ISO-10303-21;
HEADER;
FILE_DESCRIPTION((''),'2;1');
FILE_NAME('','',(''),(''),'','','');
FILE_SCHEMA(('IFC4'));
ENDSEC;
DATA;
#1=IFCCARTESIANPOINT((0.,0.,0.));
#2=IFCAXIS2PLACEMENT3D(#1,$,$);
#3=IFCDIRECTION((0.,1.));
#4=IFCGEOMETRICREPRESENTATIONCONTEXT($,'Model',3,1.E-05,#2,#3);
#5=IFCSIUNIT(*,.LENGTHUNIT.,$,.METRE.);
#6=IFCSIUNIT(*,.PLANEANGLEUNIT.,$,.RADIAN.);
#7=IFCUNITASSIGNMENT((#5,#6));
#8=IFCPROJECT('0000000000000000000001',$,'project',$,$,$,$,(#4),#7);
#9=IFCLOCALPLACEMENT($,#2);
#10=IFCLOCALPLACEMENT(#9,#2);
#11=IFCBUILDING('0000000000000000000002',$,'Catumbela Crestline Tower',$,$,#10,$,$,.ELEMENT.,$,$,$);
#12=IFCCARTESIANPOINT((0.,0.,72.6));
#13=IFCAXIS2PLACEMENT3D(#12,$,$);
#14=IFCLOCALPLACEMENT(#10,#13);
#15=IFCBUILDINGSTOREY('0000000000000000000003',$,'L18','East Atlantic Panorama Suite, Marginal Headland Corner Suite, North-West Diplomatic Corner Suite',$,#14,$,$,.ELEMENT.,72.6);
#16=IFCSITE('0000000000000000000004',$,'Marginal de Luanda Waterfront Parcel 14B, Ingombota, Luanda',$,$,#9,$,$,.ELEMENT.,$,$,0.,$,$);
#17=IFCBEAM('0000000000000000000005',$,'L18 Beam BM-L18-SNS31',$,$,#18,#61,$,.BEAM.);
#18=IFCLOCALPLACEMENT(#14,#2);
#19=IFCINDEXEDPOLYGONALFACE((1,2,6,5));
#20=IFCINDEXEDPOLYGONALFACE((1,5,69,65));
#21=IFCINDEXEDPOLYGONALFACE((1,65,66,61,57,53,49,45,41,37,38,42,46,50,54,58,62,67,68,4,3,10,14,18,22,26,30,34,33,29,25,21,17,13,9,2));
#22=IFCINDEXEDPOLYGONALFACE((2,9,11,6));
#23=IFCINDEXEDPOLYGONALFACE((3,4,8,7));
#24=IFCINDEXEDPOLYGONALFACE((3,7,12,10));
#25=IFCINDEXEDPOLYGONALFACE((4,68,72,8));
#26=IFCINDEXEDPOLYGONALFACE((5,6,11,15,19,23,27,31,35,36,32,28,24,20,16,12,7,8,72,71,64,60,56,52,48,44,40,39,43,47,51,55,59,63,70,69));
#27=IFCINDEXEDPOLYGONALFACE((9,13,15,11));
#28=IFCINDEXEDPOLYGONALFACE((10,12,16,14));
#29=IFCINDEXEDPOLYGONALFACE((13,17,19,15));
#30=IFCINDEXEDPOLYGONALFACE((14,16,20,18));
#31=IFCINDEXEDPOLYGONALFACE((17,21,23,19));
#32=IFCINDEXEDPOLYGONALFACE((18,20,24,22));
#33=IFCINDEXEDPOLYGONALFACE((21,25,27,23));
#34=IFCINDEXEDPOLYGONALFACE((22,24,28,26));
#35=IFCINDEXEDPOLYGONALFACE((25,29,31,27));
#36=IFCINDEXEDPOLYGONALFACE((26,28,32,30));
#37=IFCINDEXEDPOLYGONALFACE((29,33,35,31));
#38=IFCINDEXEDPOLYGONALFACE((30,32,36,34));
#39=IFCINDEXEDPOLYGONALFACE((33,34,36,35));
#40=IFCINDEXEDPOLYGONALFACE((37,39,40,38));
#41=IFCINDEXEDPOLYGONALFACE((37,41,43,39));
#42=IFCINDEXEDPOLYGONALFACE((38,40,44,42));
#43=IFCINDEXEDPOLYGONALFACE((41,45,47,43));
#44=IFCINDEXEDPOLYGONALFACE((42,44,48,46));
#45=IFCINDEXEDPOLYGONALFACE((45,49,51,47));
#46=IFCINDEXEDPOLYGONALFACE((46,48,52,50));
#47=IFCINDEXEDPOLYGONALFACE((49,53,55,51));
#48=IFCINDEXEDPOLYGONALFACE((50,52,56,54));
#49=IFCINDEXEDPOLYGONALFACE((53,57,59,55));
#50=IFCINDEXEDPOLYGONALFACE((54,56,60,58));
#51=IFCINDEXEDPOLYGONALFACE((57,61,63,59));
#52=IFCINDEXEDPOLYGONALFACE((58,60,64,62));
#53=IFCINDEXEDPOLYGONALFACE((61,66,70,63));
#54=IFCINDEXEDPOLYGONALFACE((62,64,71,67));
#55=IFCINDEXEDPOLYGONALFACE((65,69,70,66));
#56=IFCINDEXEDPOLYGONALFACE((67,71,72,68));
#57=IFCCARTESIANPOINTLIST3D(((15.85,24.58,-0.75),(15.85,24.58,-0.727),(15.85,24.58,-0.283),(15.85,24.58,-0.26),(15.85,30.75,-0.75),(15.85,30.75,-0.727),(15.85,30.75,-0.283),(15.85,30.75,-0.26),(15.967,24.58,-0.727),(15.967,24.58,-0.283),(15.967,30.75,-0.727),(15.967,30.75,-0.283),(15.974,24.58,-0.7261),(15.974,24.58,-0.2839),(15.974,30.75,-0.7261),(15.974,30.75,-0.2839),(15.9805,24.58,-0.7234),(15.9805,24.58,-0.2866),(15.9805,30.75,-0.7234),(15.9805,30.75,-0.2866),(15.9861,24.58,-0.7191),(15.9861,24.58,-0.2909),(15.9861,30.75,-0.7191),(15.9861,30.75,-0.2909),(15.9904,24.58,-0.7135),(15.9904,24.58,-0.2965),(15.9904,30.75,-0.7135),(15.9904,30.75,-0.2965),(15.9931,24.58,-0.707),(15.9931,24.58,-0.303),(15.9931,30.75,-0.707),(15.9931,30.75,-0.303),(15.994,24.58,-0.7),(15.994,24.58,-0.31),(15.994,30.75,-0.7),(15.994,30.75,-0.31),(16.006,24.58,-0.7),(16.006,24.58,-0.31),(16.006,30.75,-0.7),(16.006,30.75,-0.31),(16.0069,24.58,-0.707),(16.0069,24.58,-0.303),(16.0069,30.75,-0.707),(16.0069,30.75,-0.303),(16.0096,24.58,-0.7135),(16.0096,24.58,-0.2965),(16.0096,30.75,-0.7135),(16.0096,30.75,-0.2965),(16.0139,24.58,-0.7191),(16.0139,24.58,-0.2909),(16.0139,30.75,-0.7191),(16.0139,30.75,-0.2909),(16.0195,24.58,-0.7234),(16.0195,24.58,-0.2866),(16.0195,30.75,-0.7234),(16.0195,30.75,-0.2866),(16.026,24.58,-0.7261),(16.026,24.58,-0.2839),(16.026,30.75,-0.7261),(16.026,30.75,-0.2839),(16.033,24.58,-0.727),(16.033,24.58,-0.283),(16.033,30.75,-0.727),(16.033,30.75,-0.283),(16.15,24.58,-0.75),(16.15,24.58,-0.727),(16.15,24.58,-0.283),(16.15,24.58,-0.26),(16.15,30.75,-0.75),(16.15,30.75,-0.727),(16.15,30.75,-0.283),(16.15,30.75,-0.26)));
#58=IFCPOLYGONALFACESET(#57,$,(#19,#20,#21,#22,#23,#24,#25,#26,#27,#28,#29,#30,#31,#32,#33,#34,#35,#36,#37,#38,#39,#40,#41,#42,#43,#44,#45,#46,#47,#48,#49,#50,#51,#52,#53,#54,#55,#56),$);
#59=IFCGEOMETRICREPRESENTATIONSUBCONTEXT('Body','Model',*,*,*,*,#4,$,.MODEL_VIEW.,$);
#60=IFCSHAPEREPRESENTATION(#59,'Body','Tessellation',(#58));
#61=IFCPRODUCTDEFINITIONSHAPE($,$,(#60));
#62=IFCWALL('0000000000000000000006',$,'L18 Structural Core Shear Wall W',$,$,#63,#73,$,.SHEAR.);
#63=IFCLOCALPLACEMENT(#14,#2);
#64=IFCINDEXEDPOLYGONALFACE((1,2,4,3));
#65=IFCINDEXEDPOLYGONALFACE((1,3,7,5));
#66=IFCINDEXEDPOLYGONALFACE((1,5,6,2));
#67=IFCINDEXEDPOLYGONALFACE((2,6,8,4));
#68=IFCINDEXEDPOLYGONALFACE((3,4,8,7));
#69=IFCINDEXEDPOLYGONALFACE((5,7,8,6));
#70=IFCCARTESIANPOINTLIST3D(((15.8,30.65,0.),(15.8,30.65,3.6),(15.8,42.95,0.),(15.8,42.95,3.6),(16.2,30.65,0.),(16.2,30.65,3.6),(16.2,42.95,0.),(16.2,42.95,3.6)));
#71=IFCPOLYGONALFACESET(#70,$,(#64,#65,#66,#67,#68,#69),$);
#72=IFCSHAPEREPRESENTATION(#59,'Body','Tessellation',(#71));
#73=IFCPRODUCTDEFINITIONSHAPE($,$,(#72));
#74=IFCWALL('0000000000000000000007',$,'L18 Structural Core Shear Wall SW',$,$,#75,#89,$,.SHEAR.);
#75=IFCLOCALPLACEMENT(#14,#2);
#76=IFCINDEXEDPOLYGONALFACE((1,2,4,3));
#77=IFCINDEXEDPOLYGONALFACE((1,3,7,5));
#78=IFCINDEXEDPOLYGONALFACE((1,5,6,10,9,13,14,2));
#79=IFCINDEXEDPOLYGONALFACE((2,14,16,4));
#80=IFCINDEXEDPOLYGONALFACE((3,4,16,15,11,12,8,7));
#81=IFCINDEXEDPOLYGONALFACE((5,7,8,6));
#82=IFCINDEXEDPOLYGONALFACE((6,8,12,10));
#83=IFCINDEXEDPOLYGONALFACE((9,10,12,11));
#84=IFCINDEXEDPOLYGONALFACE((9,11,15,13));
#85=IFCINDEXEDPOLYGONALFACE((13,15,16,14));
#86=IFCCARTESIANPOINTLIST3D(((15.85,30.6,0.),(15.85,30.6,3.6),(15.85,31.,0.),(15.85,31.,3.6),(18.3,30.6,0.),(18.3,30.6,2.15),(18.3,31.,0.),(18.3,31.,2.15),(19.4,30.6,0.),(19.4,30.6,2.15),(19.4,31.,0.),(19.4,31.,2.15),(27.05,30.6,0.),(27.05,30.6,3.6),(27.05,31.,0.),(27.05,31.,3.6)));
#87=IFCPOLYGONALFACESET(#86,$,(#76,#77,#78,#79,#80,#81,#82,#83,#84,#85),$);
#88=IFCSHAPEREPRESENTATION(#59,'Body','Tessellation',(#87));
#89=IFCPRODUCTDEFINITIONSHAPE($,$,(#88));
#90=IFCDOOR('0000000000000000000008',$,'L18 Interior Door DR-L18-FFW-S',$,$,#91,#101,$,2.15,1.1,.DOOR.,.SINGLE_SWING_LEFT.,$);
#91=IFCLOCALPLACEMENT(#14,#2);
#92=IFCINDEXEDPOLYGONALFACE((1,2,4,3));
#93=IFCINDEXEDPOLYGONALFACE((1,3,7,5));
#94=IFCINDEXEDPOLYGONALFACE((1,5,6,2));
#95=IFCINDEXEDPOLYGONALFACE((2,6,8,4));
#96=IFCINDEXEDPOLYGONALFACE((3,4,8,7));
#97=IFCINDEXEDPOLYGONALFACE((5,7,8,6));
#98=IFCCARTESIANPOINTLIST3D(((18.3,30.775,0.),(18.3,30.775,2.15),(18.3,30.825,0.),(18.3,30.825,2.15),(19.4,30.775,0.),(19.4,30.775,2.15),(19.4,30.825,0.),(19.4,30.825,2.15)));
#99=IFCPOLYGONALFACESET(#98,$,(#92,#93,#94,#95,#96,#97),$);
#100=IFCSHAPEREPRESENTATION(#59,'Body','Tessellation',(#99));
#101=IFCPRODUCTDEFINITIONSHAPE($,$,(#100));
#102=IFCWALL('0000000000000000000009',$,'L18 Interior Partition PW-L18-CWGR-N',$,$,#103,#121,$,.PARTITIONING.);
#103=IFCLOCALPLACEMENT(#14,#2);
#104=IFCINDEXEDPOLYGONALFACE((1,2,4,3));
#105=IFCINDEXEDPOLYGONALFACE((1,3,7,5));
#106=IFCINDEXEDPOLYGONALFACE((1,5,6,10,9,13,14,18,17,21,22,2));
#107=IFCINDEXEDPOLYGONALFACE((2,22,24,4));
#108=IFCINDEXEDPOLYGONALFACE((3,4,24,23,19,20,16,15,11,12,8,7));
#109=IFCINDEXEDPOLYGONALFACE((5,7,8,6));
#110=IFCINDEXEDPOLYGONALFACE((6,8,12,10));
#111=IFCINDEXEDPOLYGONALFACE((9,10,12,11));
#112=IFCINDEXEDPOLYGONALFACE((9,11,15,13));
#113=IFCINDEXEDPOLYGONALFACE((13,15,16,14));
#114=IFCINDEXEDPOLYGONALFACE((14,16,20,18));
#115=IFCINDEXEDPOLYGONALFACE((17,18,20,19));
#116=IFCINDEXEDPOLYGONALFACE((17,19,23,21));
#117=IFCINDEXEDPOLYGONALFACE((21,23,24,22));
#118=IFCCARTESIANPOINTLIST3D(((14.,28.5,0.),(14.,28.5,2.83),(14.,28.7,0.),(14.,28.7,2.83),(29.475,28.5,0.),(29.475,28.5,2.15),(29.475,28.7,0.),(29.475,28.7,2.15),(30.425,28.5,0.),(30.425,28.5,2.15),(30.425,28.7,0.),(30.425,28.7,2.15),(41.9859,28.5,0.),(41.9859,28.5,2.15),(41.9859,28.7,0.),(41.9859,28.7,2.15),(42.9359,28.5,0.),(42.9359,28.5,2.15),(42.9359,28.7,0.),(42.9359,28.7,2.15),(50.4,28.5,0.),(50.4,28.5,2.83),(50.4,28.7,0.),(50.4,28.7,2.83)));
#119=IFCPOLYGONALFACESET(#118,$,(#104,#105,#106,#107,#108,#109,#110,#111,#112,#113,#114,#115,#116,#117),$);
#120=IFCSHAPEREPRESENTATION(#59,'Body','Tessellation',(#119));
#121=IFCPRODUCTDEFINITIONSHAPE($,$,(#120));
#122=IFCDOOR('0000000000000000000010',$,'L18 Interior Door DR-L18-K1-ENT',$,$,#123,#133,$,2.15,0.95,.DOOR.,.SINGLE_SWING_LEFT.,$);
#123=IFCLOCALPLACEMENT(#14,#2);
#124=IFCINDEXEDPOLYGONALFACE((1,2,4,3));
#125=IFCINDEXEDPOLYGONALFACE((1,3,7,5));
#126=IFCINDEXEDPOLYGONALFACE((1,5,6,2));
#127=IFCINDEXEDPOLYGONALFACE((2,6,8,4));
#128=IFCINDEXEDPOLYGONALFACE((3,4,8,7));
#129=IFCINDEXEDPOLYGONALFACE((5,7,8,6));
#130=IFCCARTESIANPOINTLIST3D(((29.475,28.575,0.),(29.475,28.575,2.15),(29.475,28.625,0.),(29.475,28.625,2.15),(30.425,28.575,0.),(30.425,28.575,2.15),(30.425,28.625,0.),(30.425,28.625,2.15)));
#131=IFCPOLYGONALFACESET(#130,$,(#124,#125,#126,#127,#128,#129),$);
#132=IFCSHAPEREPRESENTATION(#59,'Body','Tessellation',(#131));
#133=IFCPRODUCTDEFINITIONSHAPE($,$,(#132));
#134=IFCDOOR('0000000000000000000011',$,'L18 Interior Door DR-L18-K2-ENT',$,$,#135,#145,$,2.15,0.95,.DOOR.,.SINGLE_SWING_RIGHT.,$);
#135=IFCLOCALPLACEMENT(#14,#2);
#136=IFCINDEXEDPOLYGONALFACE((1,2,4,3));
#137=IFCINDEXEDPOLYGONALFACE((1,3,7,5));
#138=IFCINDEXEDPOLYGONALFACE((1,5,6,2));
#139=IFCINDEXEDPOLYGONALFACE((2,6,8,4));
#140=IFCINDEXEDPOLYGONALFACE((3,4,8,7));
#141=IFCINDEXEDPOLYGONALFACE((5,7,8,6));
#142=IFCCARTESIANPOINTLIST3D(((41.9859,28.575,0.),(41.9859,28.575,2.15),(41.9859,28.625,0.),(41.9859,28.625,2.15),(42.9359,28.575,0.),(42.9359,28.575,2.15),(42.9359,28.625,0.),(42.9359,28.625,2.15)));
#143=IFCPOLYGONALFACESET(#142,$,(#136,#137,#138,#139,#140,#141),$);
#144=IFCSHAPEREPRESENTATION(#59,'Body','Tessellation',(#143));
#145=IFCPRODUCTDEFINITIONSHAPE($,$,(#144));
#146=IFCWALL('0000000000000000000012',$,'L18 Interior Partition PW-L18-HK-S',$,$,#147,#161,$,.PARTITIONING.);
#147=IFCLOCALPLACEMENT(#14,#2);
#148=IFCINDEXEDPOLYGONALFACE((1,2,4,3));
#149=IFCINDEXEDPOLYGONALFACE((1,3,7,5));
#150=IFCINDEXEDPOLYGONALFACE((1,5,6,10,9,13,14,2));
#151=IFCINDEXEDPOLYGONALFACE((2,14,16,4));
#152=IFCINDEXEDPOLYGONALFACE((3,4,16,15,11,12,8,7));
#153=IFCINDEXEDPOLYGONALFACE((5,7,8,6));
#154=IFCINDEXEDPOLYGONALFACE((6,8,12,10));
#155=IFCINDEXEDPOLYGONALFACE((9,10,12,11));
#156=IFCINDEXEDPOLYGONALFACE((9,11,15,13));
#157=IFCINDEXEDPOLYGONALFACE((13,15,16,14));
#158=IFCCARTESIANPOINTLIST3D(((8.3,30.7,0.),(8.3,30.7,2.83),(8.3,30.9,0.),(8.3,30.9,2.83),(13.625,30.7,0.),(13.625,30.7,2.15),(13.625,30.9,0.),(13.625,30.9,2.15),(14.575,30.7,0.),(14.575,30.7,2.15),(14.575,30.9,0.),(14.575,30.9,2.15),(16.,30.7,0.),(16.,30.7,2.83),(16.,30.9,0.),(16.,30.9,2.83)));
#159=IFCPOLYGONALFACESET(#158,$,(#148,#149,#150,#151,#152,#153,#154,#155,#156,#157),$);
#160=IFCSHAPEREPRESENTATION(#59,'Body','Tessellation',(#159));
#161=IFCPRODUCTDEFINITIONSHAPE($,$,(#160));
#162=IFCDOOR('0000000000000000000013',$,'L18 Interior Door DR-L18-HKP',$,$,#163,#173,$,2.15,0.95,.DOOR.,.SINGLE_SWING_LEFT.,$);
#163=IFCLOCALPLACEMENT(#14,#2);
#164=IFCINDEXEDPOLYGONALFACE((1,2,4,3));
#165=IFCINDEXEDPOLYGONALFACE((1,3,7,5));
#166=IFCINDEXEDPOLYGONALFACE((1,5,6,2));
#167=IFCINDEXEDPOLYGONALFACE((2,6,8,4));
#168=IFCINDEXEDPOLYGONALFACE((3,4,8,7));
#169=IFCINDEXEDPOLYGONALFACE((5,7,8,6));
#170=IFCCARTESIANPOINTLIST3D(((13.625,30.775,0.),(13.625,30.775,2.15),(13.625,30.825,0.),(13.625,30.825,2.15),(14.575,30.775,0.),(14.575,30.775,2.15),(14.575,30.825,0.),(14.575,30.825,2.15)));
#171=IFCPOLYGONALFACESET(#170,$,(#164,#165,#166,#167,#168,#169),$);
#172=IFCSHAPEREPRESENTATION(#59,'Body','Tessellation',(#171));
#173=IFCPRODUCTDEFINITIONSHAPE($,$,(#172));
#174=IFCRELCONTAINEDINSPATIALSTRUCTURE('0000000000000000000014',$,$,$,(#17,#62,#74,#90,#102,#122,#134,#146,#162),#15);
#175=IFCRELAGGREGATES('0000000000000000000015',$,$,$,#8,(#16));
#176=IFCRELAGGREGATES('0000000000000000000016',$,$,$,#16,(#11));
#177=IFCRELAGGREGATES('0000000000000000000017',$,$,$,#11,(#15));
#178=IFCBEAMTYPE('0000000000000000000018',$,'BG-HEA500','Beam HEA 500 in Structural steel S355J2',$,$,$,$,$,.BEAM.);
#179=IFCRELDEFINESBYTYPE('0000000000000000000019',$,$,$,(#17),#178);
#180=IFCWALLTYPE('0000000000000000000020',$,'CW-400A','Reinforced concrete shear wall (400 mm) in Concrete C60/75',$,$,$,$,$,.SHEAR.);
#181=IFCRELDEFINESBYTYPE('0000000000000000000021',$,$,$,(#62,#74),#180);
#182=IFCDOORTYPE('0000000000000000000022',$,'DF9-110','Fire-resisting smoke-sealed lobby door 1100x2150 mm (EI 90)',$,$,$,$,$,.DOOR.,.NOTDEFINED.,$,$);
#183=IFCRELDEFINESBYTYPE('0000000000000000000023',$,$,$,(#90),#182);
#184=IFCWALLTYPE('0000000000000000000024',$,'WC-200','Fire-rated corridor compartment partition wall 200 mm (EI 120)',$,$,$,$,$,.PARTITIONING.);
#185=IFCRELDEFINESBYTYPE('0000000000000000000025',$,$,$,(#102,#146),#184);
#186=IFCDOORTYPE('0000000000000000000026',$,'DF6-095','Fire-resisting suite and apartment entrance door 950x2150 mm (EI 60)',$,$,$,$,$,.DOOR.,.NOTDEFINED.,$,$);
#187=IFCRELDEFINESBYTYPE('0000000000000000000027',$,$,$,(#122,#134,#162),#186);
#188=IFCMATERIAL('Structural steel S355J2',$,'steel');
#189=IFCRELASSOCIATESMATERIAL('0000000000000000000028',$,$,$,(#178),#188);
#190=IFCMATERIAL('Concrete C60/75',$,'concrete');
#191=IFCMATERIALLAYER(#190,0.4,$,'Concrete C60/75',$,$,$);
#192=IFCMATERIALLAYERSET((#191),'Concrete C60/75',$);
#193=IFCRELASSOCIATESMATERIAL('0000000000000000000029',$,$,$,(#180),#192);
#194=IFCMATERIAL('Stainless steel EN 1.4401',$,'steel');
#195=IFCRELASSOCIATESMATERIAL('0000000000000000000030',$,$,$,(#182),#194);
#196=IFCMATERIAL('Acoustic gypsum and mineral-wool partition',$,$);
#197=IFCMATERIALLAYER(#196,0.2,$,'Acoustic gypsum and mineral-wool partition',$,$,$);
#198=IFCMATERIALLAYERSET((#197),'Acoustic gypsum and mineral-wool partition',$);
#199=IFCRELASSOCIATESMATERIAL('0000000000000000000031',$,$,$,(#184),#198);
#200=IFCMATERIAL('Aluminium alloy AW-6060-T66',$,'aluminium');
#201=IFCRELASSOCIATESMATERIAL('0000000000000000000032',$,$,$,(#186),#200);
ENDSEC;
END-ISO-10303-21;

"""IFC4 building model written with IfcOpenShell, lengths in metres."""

from ifc_helpers import new_model, si_unit, direction, frame, frame_2d, origin, origin_2d, place, context, subcontext, project, spatial, rectangle, i_section, extrude, material, layer, layer_set, material_profile, profile_set, type_object, element, fill, save


model = new_model("IFC4")

# Units and contexts
model_context = context("Model", 3, precision=1e-05, world=origin(), true_north=direction((0.0, 1.0)))
body_context = subcontext(model_context, "Body", "Model", "MODEL_VIEW")
ifc_project = project(units=[si_unit("LENGTHUNIT", "METRE"), si_unit("PLANEANGLEUNIT", "RADIAN")], contexts=[model_context])

# Site, building, storey
site_placement = place(None, origin())
site = spatial("IfcSite", under=ifc_project, at=site_placement, Name="Marginal de Luanda Waterfront Parcel 14B, Ingombota, Luanda", CompositionType="ELEMENT", RefElevation=0.0)
building_placement = place(site_placement, origin())
building = spatial("IfcBuilding", under=site, at=building_placement, Name="Catumbela Crestline Tower", CompositionType="ELEMENT")
storey_placement = place(building_placement, frame((0.0, 0.0, 72.6)))
storey = spatial("IfcBuildingStorey", under=building, at=storey_placement, Name="L18", Description="East Atlantic Panorama Suite, Marginal Headland Corner Suite, North-West Diplomatic Corner Suite", CompositionType="ELEMENT", Elevation=72.6)

# Beam
ifc_material_1 = material(Name="Structural steel S355J2", Category="steel")
ifc_material_profile_1 = material_profile(ifc_material_1, i_section(OverallWidth=0.3, OverallDepth=0.49, WebThickness=0.012, FlangeThickness=0.023, FilletRadius=0.027, at=origin_2d()), Name="HEA 500")
ifc_profile_set_1 = profile_set([ifc_material_profile_1], Name="Structural steel S355J2")
beam_type = type_object("IfcBeamType", Name="BG-HEA500", Description="Beam HEA 500 in Structural steel S355J2", PredefinedType="BEAM", material=ifc_profile_set_1)
beam_1_placement = place(storey_placement, frame((16.0, 24.58, -0.505), z_axis=(0.0, 1.0, 0.0), x_axis=(-1.0, 0.0, 0.0)))
element("IfcBeam", 1, at=beam_1_placement, inside=storey, type_object=beam_type, Name="L18 Beam BM-L18-SNS31", PredefinedType="BEAM", context=body_context, shape_type="SweptSolid", body=[
    extrude(i_section(OverallWidth=0.3, OverallDepth=0.49, WebThickness=0.012, FlangeThickness=0.023, FilletRadius=0.027, at=origin_2d()), origin(), (0.0, 0.0, 1.0), 6.17),
])

# Wall
ifc_material_2 = material(Name="Concrete C60/75", Category="concrete")
ifc_layer_1 = layer(ifc_material_2, 0.4, Name="Concrete C60/75")
ifc_layer_set_1 = layer_set([ifc_layer_1], Name="Concrete C60/75")
wall_type_1 = type_object("IfcWallType", Name="CW-400A", Description="Reinforced concrete shear wall (400 mm) in Concrete C60/75", PredefinedType="SHEAR", material=ifc_layer_set_1)
wall_1_placement = place(storey_placement, frame((16.0, 30.65, 0.0), z_axis=(0.0, 0.0, 1.0), x_axis=(0.0, 1.0, 0.0)))
element("IfcWall", 2, at=wall_1_placement, inside=storey, type_object=wall_type_1, Name="L18 Structural Core Shear Wall W", PredefinedType="SHEAR", context=body_context, shape_type="SweptSolid", body=[
    extrude(rectangle(XDim=12.3, YDim=0.4, at=frame_2d((6.15, 0.0))), origin(), (0.0, 0.0, 1.0), 3.6),
])

# Wall, opening, door
wall_2_placement = place(storey_placement, frame((15.85, 30.8, 0.0), z_axis=(0.0, 0.0, 1.0), x_axis=(1.0, 0.0, 0.0)))
wall_2 = element("IfcWall", 3, at=wall_2_placement, inside=storey, type_object=wall_type_1, Name="L18 Structural Core Shear Wall SW", PredefinedType="SHEAR", context=body_context, shape_type="SweptSolid", body=[
    extrude(rectangle(XDim=11.2, YDim=0.4, at=frame_2d((5.6, 0.0))), origin(), (0.0, 0.0, 1.0), 3.6),
])
opening_1_placement = place(wall_2_placement, frame((2.45, 0.0, 0.0)))
opening_1 = element("IfcOpeningElement", 4, at=opening_1_placement, cuts=wall_2, PredefinedType="OPENING", context=body_context, shape_type="SweptSolid", body=[
    extrude(rectangle(XDim=1.1, YDim=2.15, at=frame_2d((0.55, 1.075))), frame((0.0, 0.21, 0.0), z_axis=(0.0, -1.0, 0.0), x_axis=(1.0, 0.0, 0.0)), (0.0, 0.0, 1.0), 0.42),
])
ifc_material_3 = material(Name="Stainless steel EN 1.4401", Category="steel")
door_type_1 = type_object("IfcDoorType", Name="DF9-110", Description="Fire-resisting smoke-sealed lobby door 1100x2150 mm (EI 90)", OperationType="NOTDEFINED", PredefinedType="DOOR", material=ifc_material_3)
door_1_placement = place(opening_1_placement, origin())
door_1 = element("IfcDoor", 5, at=door_1_placement, inside=storey, type_object=door_type_1, Name="L18 Interior Door DR-L18-FFW-S", OperationType="SINGLE_SWING_LEFT", OverallHeight=2.15, OverallWidth=1.1, PredefinedType="DOOR", context=body_context, shape_type="SweptSolid", body=[
    extrude(rectangle(XDim=1.1, YDim=2.15, at=frame_2d((0.55, 1.075))), frame((0.0, 0.025, 0.0), z_axis=(0.0, -1.0, 0.0), x_axis=(1.0, 0.0, 0.0)), (0.0, 0.0, 1.0), 0.05),
])
fill(opening_1, door_1)

# Wall, openings, doors
ifc_material_4 = material(Name="Acoustic gypsum and mineral-wool partition")
ifc_layer_2 = layer(ifc_material_4, 0.2, Name="Acoustic gypsum and mineral-wool partition")
ifc_layer_set_2 = layer_set([ifc_layer_2], Name="Acoustic gypsum and mineral-wool partition")
wall_type_2 = type_object("IfcWallType", Name="WC-200", Description="Fire-rated corridor compartment partition wall 200 mm (EI 120)", PredefinedType="PARTITIONING", material=ifc_layer_set_2)
wall_3_placement = place(storey_placement, frame((14.0, 28.6, 0.0), z_axis=(0.0, 0.0, 1.0), x_axis=(1.0, 0.0, 0.0)))
wall_3 = element("IfcWall", 6, at=wall_3_placement, inside=storey, type_object=wall_type_2, Name="L18 Interior Partition PW-L18-CWGR-N", PredefinedType="PARTITIONING", context=body_context, shape_type="SweptSolid", body=[
    extrude(rectangle(XDim=36.4, YDim=0.2, at=frame_2d((18.2, 0.0))), origin(), (0.0, 0.0, 1.0), 2.83),
])
opening_2_placement = place(wall_3_placement, frame((15.475, 0.0, 0.0)))
opening_2 = element("IfcOpeningElement", 7, at=opening_2_placement, cuts=wall_3, PredefinedType="OPENING", context=body_context, shape_type="SweptSolid", body=[
    extrude(rectangle(XDim=0.95, YDim=2.15, at=frame_2d((0.475, 1.075))), frame((0.0, 0.11, 0.0), z_axis=(0.0, -1.0, 0.0), x_axis=(1.0, 0.0, 0.0)), (0.0, 0.0, 1.0), 0.22),
])
opening_3_placement = place(wall_3_placement, frame((27.9859, 0.0, 0.0)))
opening_3 = element("IfcOpeningElement", 8, at=opening_3_placement, cuts=wall_3, PredefinedType="OPENING", context=body_context, shape_type="SweptSolid", body=[
    extrude(rectangle(XDim=0.95, YDim=2.15, at=frame_2d((0.475, 1.075))), frame((0.0, 0.11, 0.0), z_axis=(0.0, -1.0, 0.0), x_axis=(1.0, 0.0, 0.0)), (0.0, 0.0, 1.0), 0.22),
])
ifc_material_5 = material(Name="Aluminium alloy AW-6060-T66", Category="aluminium")
door_type_2 = type_object("IfcDoorType", Name="DF6-095", Description="Fire-resisting suite and apartment entrance door 950x2150 mm (EI 60)", OperationType="NOTDEFINED", PredefinedType="DOOR", material=ifc_material_5)
door_2_placement = place(opening_2_placement, origin())
door_2 = element("IfcDoor", 9, at=door_2_placement, inside=storey, type_object=door_type_2, Name="L18 Interior Door DR-L18-K1-ENT", OperationType="SINGLE_SWING_LEFT", OverallHeight=2.15, OverallWidth=0.95, PredefinedType="DOOR", context=body_context, shape_type="SweptSolid", body=[
    extrude(rectangle(XDim=0.95, YDim=2.15, at=frame_2d((0.475, 1.075))), frame((0.0, 0.025, 0.0), z_axis=(0.0, -1.0, 0.0), x_axis=(1.0, 0.0, 0.0)), (0.0, 0.0, 1.0), 0.05),
])
fill(opening_2, door_2)
door_3_placement = place(opening_3_placement, origin())
door_3 = element("IfcDoor", 10, at=door_3_placement, inside=storey, type_object=door_type_2, Name="L18 Interior Door DR-L18-K2-ENT", OperationType="SINGLE_SWING_RIGHT", OverallHeight=2.15, OverallWidth=0.95, PredefinedType="DOOR", context=body_context, shape_type="SweptSolid", body=[
    extrude(rectangle(XDim=0.95, YDim=2.15, at=frame_2d((0.475, 1.075))), frame((0.0, 0.025, 0.0), z_axis=(0.0, -1.0, 0.0), x_axis=(1.0, 0.0, 0.0)), (0.0, 0.0, 1.0), 0.05),
])
fill(opening_3, door_3)

# Wall, opening, door
wall_4_placement = place(storey_placement, frame((8.3, 30.8, 0.0), z_axis=(0.0, 0.0, 1.0), x_axis=(1.0, 0.0, 0.0)))
wall_4 = element("IfcWall", 11, at=wall_4_placement, inside=storey, type_object=wall_type_2, Name="L18 Interior Partition PW-L18-HK-S", PredefinedType="PARTITIONING", context=body_context, shape_type="SweptSolid", body=[
    extrude(rectangle(XDim=7.7, YDim=0.2, at=frame_2d((3.85, 0.0))), origin(), (0.0, 0.0, 1.0), 2.83),
])
opening_4_placement = place(wall_4_placement, frame((5.325, 0.0, 0.0)))
opening_4 = element("IfcOpeningElement", 12, at=opening_4_placement, cuts=wall_4, PredefinedType="OPENING", context=body_context, shape_type="SweptSolid", body=[
    extrude(rectangle(XDim=0.95, YDim=2.15, at=frame_2d((0.475, 1.075))), frame((0.0, 0.11, 0.0), z_axis=(0.0, -1.0, 0.0), x_axis=(1.0, 0.0, 0.0)), (0.0, 0.0, 1.0), 0.22),
])
door_4_placement = place(opening_4_placement, origin())
door_4 = element("IfcDoor", 13, at=door_4_placement, inside=storey, type_object=door_type_2, Name="L18 Interior Door DR-L18-HKP", OperationType="SINGLE_SWING_LEFT", OverallHeight=2.15, OverallWidth=0.95, PredefinedType="DOOR", context=body_context, shape_type="SweptSolid", body=[
    extrude(rectangle(XDim=0.95, YDim=2.15, at=frame_2d((0.475, 1.075))), frame((0.0, 0.025, 0.0), z_axis=(0.0, -1.0, 0.0), x_axis=(1.0, 0.0, 0.0)), (0.0, 0.0, 1.0), 0.05),
])
fill(opening_4, door_4)

save(model, "model.ifc")
